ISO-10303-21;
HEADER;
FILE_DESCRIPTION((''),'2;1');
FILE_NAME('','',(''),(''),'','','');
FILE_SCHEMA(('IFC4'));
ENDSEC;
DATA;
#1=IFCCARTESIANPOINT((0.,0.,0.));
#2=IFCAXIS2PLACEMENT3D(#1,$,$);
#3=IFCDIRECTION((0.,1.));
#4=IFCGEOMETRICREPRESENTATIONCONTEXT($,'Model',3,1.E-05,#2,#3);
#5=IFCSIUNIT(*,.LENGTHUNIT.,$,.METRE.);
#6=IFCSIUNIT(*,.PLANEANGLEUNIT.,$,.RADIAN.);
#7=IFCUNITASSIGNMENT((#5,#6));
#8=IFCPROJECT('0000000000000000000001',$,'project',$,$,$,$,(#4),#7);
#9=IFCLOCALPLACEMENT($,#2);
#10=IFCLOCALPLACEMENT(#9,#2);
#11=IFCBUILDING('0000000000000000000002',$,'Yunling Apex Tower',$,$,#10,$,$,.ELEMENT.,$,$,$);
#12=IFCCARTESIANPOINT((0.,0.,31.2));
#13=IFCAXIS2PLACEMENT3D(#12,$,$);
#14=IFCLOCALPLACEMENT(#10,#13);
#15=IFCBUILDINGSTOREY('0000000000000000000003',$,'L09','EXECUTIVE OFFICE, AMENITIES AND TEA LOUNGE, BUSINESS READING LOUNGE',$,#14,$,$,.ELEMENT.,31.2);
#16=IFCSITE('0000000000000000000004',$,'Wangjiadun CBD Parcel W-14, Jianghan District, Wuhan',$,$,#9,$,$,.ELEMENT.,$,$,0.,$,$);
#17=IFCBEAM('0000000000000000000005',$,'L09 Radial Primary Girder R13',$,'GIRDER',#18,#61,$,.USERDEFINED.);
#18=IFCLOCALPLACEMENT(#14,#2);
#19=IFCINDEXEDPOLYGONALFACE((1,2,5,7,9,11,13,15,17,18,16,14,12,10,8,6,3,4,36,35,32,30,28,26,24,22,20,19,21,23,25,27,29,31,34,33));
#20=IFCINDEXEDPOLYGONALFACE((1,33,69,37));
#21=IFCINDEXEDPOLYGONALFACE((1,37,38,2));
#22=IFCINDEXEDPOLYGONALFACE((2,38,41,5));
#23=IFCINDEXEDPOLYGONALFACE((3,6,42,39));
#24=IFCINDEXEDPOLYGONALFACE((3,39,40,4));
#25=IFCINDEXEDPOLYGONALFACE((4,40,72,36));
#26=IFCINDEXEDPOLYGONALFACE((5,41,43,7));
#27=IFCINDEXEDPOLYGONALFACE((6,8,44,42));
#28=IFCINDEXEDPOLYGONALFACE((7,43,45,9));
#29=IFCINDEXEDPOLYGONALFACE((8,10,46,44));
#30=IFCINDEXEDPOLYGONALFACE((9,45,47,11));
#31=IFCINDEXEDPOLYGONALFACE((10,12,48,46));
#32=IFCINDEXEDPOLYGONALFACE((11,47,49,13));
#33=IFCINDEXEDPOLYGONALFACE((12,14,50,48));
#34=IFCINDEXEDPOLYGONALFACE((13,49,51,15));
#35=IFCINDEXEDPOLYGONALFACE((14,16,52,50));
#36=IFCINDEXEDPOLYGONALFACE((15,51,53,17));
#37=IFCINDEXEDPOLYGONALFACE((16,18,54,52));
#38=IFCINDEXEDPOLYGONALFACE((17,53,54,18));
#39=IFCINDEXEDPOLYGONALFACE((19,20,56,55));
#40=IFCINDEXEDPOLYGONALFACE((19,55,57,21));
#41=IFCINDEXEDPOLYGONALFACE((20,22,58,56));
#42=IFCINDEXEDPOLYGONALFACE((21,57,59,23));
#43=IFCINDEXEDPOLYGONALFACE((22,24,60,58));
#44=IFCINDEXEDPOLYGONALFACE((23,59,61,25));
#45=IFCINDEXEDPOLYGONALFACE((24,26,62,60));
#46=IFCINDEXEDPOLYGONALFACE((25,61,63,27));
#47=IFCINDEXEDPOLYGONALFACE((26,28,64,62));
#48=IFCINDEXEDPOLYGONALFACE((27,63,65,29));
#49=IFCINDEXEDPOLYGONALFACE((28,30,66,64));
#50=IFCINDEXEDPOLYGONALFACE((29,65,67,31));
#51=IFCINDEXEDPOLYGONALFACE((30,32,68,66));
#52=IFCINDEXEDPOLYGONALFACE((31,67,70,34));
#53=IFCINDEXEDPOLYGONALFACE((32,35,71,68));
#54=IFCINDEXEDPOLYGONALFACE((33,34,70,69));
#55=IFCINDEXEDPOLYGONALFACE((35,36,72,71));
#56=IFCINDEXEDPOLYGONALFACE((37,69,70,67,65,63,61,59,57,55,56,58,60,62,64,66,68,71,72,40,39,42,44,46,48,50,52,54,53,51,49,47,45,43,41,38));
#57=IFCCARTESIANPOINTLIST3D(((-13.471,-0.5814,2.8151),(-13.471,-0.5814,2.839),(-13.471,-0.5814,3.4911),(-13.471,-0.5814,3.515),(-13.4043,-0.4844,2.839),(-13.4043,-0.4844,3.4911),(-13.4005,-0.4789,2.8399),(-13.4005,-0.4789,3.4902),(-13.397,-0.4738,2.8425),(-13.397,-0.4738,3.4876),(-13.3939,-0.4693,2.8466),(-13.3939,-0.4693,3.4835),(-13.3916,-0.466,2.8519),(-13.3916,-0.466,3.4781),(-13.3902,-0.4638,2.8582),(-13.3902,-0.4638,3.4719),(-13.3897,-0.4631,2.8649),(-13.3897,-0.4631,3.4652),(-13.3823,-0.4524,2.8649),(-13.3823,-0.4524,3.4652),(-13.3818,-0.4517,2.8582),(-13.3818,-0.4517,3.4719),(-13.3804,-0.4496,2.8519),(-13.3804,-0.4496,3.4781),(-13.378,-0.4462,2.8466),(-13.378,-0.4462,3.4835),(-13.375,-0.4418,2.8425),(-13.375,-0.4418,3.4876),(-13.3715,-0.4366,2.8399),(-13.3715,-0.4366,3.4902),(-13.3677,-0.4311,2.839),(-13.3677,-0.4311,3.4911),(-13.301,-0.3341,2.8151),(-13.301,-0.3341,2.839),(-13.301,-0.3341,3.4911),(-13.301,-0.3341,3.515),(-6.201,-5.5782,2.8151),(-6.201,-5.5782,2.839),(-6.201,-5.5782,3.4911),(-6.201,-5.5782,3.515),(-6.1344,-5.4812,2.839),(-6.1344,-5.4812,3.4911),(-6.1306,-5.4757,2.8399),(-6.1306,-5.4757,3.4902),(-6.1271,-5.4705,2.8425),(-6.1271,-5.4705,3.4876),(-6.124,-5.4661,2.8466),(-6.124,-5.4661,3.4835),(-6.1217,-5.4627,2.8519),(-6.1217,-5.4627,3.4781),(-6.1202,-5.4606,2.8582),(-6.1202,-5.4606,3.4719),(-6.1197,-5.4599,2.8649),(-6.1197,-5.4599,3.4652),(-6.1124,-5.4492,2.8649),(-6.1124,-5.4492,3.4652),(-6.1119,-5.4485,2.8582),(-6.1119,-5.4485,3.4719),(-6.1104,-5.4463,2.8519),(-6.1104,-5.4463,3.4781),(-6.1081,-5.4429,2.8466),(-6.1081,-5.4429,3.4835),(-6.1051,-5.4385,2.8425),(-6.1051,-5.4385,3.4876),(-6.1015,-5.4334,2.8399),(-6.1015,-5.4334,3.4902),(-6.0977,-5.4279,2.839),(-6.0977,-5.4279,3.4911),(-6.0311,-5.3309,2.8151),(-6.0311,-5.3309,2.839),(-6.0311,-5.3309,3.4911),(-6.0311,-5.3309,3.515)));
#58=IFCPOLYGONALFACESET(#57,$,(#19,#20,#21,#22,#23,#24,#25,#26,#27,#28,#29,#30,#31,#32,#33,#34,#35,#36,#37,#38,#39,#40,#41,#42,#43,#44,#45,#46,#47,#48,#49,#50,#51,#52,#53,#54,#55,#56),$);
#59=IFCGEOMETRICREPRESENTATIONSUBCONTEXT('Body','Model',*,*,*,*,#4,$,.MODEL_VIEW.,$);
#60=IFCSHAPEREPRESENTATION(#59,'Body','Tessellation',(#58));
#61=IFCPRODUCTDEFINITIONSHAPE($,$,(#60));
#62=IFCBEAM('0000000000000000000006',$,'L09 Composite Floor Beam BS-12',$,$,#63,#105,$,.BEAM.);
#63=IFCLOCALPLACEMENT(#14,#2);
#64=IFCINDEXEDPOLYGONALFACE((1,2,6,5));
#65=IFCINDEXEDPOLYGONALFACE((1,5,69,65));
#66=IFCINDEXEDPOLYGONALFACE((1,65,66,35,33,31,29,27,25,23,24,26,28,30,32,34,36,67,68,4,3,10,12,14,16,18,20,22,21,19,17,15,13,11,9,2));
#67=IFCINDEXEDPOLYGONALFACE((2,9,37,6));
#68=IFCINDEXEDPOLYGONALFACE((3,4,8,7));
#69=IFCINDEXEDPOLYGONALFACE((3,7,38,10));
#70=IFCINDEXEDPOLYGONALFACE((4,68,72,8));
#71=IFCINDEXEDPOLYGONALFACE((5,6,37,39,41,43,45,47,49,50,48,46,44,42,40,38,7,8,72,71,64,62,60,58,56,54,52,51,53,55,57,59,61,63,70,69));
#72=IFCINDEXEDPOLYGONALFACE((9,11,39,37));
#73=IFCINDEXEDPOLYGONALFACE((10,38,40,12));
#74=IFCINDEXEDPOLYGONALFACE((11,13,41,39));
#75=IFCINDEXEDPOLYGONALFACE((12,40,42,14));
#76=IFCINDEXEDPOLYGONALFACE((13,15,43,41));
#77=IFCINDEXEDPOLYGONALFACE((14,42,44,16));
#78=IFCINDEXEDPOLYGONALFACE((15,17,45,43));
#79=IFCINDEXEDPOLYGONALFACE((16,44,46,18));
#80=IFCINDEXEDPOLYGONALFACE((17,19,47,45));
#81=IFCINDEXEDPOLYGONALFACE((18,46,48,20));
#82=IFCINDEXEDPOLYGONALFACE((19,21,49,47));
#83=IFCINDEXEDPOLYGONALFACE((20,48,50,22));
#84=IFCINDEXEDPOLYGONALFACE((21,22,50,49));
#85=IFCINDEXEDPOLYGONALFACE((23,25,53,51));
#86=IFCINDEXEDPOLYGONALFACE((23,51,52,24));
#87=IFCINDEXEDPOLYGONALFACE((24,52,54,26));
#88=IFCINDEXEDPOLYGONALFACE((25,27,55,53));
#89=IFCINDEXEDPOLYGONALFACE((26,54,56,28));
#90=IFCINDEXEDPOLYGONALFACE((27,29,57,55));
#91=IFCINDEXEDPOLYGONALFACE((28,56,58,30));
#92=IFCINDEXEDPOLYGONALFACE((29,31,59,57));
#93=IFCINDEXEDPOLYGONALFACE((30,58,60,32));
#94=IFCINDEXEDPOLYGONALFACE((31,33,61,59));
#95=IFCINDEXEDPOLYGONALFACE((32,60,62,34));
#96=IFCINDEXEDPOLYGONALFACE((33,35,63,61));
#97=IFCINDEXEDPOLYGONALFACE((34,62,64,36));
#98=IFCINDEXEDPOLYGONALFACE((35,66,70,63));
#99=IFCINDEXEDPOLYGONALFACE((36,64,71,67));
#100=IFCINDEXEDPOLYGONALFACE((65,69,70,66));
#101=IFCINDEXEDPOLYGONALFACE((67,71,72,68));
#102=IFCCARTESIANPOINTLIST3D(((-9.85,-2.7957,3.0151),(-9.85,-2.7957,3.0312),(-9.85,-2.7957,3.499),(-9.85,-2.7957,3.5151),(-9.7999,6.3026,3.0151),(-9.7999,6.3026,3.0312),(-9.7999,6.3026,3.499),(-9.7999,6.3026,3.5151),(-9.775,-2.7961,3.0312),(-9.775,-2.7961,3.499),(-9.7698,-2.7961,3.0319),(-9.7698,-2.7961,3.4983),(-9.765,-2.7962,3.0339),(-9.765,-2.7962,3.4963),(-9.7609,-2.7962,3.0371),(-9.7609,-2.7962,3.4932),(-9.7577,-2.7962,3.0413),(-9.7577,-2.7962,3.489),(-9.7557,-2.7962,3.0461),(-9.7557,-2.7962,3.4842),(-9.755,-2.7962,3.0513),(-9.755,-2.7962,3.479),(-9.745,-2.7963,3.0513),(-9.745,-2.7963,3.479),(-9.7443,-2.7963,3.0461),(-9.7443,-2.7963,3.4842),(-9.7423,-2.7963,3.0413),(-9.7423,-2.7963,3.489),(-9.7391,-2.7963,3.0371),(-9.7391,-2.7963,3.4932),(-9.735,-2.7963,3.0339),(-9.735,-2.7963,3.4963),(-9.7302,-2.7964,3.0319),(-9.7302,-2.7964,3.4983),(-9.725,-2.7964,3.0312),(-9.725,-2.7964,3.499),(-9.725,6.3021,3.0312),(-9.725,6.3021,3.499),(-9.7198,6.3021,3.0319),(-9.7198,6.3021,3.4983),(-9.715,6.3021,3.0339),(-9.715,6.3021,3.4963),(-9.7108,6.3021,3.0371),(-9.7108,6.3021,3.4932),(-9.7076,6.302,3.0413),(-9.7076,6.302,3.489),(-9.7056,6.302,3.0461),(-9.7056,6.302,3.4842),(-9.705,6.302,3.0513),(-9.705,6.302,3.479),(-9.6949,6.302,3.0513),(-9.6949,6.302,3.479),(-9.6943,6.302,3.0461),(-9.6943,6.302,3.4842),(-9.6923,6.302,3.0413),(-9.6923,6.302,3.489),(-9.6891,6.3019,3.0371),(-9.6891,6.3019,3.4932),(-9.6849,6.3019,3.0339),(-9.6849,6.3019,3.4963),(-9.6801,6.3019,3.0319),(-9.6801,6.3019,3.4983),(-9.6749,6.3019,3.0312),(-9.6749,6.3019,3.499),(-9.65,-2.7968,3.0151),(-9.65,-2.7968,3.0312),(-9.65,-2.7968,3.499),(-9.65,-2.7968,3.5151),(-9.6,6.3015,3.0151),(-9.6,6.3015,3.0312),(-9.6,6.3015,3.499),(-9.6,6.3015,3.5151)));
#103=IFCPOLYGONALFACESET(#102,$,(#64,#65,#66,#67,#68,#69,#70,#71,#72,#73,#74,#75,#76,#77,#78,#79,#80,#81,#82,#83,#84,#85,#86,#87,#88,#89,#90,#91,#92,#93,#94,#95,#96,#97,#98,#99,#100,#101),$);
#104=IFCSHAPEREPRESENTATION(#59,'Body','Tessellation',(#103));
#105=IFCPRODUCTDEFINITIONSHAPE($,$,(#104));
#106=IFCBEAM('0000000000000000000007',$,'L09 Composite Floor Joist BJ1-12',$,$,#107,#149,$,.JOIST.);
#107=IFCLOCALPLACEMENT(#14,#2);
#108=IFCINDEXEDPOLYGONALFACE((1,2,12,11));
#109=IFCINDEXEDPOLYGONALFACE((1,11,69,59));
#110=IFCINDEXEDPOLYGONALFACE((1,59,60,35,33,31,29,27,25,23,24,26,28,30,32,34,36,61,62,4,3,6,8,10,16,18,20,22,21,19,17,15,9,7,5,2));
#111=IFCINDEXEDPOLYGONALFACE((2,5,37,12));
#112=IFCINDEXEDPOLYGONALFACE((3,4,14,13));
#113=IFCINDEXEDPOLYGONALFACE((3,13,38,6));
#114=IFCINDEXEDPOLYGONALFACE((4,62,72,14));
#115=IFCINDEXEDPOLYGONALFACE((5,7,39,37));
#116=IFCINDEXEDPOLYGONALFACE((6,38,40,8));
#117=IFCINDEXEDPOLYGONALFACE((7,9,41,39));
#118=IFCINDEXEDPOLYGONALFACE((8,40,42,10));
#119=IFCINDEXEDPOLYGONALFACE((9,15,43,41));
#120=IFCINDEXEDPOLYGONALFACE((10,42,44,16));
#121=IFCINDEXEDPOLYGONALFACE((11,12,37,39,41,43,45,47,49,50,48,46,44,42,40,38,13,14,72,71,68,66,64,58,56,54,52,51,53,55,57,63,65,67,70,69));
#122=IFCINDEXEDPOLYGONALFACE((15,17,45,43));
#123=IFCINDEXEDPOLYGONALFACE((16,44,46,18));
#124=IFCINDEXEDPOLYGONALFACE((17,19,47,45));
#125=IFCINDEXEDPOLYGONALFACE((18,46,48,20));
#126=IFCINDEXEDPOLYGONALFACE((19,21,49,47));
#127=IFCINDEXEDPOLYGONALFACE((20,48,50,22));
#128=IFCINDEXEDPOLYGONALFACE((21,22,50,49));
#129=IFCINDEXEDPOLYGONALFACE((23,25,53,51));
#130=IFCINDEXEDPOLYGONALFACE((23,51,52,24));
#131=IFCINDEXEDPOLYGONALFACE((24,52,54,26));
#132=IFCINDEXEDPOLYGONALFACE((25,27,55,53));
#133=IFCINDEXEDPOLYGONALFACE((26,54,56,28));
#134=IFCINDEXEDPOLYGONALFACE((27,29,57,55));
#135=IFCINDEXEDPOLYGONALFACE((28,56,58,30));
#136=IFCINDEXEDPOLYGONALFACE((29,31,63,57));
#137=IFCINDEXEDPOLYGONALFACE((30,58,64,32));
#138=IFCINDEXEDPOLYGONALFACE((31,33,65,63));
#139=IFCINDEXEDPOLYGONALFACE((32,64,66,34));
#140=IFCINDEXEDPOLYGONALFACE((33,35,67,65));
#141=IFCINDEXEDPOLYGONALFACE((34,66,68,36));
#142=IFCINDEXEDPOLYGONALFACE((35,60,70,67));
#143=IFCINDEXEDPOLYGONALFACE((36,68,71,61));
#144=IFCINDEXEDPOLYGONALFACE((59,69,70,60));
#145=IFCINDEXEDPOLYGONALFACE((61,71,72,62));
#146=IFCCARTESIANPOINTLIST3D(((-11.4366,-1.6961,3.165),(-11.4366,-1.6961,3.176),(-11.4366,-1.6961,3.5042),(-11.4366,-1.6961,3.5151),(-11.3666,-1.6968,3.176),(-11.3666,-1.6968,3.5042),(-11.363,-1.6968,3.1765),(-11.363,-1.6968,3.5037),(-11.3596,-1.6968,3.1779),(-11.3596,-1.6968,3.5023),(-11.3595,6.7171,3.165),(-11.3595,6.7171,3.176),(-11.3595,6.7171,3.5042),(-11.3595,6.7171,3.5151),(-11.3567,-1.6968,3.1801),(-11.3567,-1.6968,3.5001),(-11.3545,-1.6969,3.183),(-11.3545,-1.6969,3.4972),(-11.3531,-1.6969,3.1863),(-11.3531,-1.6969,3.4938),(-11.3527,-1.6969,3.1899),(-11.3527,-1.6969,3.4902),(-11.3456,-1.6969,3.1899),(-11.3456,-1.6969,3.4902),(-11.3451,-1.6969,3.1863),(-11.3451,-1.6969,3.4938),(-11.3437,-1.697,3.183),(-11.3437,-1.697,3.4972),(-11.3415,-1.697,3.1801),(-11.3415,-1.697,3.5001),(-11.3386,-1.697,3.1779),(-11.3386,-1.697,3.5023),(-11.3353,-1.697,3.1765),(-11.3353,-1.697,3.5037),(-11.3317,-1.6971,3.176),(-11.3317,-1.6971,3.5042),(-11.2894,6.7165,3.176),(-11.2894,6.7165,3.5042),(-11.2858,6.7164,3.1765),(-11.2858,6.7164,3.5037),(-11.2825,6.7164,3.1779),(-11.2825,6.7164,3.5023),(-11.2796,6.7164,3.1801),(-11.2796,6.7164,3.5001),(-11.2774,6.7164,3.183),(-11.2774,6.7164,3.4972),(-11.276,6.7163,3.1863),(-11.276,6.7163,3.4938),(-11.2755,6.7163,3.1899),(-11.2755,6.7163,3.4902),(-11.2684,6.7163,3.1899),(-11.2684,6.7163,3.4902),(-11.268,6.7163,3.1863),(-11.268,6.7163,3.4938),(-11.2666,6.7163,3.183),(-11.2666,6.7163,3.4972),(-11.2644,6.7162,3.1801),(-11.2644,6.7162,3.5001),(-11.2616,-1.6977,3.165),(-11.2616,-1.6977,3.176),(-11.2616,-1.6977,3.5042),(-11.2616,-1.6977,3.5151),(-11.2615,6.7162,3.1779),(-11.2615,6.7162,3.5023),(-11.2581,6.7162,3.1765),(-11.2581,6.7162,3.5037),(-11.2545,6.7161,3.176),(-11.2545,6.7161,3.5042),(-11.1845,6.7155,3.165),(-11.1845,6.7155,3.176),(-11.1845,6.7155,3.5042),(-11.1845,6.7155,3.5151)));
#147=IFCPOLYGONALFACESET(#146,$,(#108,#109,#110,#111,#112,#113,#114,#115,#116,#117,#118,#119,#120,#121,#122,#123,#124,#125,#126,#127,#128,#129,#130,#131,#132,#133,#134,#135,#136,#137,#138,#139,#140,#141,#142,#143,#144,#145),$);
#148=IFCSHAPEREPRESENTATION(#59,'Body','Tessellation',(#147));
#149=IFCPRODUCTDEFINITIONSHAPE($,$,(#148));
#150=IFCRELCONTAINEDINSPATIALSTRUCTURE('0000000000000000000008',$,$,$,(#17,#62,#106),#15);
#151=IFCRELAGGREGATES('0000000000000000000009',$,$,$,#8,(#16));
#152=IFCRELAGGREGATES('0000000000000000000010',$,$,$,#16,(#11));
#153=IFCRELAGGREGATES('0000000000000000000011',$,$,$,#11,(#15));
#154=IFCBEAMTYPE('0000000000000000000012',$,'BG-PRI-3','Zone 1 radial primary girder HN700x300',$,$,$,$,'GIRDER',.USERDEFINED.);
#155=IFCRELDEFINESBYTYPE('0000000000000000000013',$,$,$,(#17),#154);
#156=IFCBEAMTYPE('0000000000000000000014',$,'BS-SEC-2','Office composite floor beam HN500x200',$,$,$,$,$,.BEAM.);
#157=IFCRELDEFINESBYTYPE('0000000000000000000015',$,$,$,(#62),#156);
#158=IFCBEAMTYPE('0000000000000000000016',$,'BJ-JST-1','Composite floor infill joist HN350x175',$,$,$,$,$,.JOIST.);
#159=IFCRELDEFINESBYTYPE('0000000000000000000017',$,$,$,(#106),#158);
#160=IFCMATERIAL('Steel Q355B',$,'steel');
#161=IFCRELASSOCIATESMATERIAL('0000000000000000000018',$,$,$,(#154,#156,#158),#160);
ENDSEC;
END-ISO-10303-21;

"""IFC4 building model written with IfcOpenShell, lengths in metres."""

from ifc_helpers import new_model, si_unit, direction, frame, origin, origin_2d, place, context, subcontext, project, spatial, i_section, extrude, source, transform, mapped, material, material_profile, profile_set, type_object, element, save


model = new_model("IFC4")

# Units and contexts
model_context = context("Model", 3, precision=1e-05, world=origin(), true_north=direction((0.0, 1.0)))
body_context = subcontext(model_context, "Body", "Model", "MODEL_VIEW")
ifc_project = project(units=[si_unit("LENGTHUNIT", "METRE"), si_unit("PLANEANGLEUNIT", "RADIAN")], contexts=[model_context])

# Site, building, storey
site_placement = place(None, origin())
site = spatial("IfcSite", under=ifc_project, at=site_placement, Name="Wangjiadun CBD Parcel W-14, Jianghan District, Wuhan", CompositionType="ELEMENT", RefElevation=0.0)
building_placement = place(site_placement, origin())
building = spatial("IfcBuilding", under=site, at=building_placement, Name="Yunling Apex Tower", CompositionType="ELEMENT")
storey_placement = place(building_placement, frame((0.0, 0.0, 31.2)))
storey = spatial("IfcBuildingStorey", under=building, at=storey_placement, Name="L09", Description="EXECUTIVE OFFICE, AMENITIES AND TEA LOUNGE, BUSINESS READING LOUNGE", CompositionType="ELEMENT", Elevation=31.2)

# Beams
ifc_material_1 = material(Name="Steel Q355B", Category="steel")
ifc_material_profile_1 = material_profile(ifc_material_1, i_section(OverallWidth=0.3, OverallDepth=0.7, WebThickness=0.0129, FlangeThickness=0.0239, FilletRadius=0.0259, at=origin_2d()))
ifc_profile_set_1 = profile_set([ifc_material_profile_1], Name="Steel Q355B")
beam_type_1 = type_object("IfcBeamType", Name="BG-PRI-3", Description="Zone 1 radial primary girder HN700x300", ElementType="GIRDER", PredefinedType="USERDEFINED", material=ifc_profile_set_1)
shared_shape_1 = source(origin(), body_context, "Body", "SweptSolid", [
    extrude(i_section(OverallWidth=0.3, OverallDepth=0.7, WebThickness=0.0129, FlangeThickness=0.0239, FilletRadius=0.0259, at=origin_2d()), origin(), (0.0, 0.0, 1.0), 8.8215),
])
beam_1_placement = place(storey_placement, frame((-13.386, -0.4578, 3.165), z_axis=(0.824111, -0.566428, 0.0), x_axis=(0.566428, 0.824111, 0.0)))
element("IfcBeam", 1, at=beam_1_placement, inside=storey, type_object=beam_type_1, Name="L09 Radial Primary Girder R13", ObjectType="GIRDER", PredefinedType="USERDEFINED", context=body_context, shape_type="MappedRepresentation", body=[
    mapped(shared_shape_1, transform((0.0, 0.0, 0.0), scale=1.0)),
])
ifc_material_profile_2 = material_profile(ifc_material_1, i_section(OverallWidth=0.2, OverallDepth=0.5, WebThickness=0.01, FlangeThickness=0.0161, FilletRadius=0.02, at=origin_2d()))
ifc_profile_set_2 = profile_set([ifc_material_profile_2], Name="Steel Q355B")
beam_type_2 = type_object("IfcBeamType", Name="BS-SEC-2", Description="Office composite floor beam HN500x200", PredefinedType="BEAM", material=ifc_profile_set_2)
shared_shape_2 = source(origin(), body_context, "Body", "SweptSolid", [
    extrude(i_section(OverallWidth=0.2, OverallDepth=0.5, WebThickness=0.01, FlangeThickness=0.0161, FilletRadius=0.02, at=origin_2d()), origin(), (0.0, 0.0, 1.0), 9.0984),
])
beam_2_placement = place(storey_placement, frame((-9.7, 6.302, 3.2651), z_axis=(-0.005501, -0.999985, 0.0), x_axis=(0.999985, -0.005501, 0.0)))
element("IfcBeam", 2, at=beam_2_placement, inside=storey, type_object=beam_type_2, Name="L09 Composite Floor Beam BS-12", PredefinedType="BEAM", context=body_context, shape_type="MappedRepresentation", body=[
    mapped(shared_shape_2, transform((0.0, 0.0, 0.0), scale=1.0)),
])
ifc_material_profile_3 = material_profile(ifc_material_1, i_section(OverallWidth=0.175, OverallDepth=0.3501, WebThickness=0.0071, FlangeThickness=0.011, FilletRadius=0.0139, at=origin_2d()))
ifc_profile_set_3 = profile_set([ifc_material_profile_3], Name="Steel Q355B")
beam_type_3 = type_object("IfcBeamType", Name="BJ-JST-1", Description="Composite floor infill joist HN350x175", PredefinedType="JOIST", material=ifc_profile_set_3)
shared_shape_3 = source(origin(), body_context, "Body", "SweptSolid", [
    extrude(i_section(OverallWidth=0.175, OverallDepth=0.3501, WebThickness=0.0071, FlangeThickness=0.011, FilletRadius=0.0139, at=origin_2d()), origin(), (0.0, 0.0, 1.0), 8.4136),
])
beam_3_placement = place(storey_placement, frame((-11.272, 6.7163, 3.3401), z_axis=(-0.009169, -0.999958, 0.0), x_axis=(0.999958, -0.009169, 0.0)))
element("IfcBeam", 3, at=beam_3_placement, inside=storey, type_object=beam_type_3, Name="L09 Composite Floor Joist BJ1-12", PredefinedType="JOIST", context=body_context, shape_type="MappedRepresentation", body=[
    mapped(shared_shape_3, transform((0.0, 0.0, 0.0), scale=1.0)),
])

save(model, "model.ifc")
